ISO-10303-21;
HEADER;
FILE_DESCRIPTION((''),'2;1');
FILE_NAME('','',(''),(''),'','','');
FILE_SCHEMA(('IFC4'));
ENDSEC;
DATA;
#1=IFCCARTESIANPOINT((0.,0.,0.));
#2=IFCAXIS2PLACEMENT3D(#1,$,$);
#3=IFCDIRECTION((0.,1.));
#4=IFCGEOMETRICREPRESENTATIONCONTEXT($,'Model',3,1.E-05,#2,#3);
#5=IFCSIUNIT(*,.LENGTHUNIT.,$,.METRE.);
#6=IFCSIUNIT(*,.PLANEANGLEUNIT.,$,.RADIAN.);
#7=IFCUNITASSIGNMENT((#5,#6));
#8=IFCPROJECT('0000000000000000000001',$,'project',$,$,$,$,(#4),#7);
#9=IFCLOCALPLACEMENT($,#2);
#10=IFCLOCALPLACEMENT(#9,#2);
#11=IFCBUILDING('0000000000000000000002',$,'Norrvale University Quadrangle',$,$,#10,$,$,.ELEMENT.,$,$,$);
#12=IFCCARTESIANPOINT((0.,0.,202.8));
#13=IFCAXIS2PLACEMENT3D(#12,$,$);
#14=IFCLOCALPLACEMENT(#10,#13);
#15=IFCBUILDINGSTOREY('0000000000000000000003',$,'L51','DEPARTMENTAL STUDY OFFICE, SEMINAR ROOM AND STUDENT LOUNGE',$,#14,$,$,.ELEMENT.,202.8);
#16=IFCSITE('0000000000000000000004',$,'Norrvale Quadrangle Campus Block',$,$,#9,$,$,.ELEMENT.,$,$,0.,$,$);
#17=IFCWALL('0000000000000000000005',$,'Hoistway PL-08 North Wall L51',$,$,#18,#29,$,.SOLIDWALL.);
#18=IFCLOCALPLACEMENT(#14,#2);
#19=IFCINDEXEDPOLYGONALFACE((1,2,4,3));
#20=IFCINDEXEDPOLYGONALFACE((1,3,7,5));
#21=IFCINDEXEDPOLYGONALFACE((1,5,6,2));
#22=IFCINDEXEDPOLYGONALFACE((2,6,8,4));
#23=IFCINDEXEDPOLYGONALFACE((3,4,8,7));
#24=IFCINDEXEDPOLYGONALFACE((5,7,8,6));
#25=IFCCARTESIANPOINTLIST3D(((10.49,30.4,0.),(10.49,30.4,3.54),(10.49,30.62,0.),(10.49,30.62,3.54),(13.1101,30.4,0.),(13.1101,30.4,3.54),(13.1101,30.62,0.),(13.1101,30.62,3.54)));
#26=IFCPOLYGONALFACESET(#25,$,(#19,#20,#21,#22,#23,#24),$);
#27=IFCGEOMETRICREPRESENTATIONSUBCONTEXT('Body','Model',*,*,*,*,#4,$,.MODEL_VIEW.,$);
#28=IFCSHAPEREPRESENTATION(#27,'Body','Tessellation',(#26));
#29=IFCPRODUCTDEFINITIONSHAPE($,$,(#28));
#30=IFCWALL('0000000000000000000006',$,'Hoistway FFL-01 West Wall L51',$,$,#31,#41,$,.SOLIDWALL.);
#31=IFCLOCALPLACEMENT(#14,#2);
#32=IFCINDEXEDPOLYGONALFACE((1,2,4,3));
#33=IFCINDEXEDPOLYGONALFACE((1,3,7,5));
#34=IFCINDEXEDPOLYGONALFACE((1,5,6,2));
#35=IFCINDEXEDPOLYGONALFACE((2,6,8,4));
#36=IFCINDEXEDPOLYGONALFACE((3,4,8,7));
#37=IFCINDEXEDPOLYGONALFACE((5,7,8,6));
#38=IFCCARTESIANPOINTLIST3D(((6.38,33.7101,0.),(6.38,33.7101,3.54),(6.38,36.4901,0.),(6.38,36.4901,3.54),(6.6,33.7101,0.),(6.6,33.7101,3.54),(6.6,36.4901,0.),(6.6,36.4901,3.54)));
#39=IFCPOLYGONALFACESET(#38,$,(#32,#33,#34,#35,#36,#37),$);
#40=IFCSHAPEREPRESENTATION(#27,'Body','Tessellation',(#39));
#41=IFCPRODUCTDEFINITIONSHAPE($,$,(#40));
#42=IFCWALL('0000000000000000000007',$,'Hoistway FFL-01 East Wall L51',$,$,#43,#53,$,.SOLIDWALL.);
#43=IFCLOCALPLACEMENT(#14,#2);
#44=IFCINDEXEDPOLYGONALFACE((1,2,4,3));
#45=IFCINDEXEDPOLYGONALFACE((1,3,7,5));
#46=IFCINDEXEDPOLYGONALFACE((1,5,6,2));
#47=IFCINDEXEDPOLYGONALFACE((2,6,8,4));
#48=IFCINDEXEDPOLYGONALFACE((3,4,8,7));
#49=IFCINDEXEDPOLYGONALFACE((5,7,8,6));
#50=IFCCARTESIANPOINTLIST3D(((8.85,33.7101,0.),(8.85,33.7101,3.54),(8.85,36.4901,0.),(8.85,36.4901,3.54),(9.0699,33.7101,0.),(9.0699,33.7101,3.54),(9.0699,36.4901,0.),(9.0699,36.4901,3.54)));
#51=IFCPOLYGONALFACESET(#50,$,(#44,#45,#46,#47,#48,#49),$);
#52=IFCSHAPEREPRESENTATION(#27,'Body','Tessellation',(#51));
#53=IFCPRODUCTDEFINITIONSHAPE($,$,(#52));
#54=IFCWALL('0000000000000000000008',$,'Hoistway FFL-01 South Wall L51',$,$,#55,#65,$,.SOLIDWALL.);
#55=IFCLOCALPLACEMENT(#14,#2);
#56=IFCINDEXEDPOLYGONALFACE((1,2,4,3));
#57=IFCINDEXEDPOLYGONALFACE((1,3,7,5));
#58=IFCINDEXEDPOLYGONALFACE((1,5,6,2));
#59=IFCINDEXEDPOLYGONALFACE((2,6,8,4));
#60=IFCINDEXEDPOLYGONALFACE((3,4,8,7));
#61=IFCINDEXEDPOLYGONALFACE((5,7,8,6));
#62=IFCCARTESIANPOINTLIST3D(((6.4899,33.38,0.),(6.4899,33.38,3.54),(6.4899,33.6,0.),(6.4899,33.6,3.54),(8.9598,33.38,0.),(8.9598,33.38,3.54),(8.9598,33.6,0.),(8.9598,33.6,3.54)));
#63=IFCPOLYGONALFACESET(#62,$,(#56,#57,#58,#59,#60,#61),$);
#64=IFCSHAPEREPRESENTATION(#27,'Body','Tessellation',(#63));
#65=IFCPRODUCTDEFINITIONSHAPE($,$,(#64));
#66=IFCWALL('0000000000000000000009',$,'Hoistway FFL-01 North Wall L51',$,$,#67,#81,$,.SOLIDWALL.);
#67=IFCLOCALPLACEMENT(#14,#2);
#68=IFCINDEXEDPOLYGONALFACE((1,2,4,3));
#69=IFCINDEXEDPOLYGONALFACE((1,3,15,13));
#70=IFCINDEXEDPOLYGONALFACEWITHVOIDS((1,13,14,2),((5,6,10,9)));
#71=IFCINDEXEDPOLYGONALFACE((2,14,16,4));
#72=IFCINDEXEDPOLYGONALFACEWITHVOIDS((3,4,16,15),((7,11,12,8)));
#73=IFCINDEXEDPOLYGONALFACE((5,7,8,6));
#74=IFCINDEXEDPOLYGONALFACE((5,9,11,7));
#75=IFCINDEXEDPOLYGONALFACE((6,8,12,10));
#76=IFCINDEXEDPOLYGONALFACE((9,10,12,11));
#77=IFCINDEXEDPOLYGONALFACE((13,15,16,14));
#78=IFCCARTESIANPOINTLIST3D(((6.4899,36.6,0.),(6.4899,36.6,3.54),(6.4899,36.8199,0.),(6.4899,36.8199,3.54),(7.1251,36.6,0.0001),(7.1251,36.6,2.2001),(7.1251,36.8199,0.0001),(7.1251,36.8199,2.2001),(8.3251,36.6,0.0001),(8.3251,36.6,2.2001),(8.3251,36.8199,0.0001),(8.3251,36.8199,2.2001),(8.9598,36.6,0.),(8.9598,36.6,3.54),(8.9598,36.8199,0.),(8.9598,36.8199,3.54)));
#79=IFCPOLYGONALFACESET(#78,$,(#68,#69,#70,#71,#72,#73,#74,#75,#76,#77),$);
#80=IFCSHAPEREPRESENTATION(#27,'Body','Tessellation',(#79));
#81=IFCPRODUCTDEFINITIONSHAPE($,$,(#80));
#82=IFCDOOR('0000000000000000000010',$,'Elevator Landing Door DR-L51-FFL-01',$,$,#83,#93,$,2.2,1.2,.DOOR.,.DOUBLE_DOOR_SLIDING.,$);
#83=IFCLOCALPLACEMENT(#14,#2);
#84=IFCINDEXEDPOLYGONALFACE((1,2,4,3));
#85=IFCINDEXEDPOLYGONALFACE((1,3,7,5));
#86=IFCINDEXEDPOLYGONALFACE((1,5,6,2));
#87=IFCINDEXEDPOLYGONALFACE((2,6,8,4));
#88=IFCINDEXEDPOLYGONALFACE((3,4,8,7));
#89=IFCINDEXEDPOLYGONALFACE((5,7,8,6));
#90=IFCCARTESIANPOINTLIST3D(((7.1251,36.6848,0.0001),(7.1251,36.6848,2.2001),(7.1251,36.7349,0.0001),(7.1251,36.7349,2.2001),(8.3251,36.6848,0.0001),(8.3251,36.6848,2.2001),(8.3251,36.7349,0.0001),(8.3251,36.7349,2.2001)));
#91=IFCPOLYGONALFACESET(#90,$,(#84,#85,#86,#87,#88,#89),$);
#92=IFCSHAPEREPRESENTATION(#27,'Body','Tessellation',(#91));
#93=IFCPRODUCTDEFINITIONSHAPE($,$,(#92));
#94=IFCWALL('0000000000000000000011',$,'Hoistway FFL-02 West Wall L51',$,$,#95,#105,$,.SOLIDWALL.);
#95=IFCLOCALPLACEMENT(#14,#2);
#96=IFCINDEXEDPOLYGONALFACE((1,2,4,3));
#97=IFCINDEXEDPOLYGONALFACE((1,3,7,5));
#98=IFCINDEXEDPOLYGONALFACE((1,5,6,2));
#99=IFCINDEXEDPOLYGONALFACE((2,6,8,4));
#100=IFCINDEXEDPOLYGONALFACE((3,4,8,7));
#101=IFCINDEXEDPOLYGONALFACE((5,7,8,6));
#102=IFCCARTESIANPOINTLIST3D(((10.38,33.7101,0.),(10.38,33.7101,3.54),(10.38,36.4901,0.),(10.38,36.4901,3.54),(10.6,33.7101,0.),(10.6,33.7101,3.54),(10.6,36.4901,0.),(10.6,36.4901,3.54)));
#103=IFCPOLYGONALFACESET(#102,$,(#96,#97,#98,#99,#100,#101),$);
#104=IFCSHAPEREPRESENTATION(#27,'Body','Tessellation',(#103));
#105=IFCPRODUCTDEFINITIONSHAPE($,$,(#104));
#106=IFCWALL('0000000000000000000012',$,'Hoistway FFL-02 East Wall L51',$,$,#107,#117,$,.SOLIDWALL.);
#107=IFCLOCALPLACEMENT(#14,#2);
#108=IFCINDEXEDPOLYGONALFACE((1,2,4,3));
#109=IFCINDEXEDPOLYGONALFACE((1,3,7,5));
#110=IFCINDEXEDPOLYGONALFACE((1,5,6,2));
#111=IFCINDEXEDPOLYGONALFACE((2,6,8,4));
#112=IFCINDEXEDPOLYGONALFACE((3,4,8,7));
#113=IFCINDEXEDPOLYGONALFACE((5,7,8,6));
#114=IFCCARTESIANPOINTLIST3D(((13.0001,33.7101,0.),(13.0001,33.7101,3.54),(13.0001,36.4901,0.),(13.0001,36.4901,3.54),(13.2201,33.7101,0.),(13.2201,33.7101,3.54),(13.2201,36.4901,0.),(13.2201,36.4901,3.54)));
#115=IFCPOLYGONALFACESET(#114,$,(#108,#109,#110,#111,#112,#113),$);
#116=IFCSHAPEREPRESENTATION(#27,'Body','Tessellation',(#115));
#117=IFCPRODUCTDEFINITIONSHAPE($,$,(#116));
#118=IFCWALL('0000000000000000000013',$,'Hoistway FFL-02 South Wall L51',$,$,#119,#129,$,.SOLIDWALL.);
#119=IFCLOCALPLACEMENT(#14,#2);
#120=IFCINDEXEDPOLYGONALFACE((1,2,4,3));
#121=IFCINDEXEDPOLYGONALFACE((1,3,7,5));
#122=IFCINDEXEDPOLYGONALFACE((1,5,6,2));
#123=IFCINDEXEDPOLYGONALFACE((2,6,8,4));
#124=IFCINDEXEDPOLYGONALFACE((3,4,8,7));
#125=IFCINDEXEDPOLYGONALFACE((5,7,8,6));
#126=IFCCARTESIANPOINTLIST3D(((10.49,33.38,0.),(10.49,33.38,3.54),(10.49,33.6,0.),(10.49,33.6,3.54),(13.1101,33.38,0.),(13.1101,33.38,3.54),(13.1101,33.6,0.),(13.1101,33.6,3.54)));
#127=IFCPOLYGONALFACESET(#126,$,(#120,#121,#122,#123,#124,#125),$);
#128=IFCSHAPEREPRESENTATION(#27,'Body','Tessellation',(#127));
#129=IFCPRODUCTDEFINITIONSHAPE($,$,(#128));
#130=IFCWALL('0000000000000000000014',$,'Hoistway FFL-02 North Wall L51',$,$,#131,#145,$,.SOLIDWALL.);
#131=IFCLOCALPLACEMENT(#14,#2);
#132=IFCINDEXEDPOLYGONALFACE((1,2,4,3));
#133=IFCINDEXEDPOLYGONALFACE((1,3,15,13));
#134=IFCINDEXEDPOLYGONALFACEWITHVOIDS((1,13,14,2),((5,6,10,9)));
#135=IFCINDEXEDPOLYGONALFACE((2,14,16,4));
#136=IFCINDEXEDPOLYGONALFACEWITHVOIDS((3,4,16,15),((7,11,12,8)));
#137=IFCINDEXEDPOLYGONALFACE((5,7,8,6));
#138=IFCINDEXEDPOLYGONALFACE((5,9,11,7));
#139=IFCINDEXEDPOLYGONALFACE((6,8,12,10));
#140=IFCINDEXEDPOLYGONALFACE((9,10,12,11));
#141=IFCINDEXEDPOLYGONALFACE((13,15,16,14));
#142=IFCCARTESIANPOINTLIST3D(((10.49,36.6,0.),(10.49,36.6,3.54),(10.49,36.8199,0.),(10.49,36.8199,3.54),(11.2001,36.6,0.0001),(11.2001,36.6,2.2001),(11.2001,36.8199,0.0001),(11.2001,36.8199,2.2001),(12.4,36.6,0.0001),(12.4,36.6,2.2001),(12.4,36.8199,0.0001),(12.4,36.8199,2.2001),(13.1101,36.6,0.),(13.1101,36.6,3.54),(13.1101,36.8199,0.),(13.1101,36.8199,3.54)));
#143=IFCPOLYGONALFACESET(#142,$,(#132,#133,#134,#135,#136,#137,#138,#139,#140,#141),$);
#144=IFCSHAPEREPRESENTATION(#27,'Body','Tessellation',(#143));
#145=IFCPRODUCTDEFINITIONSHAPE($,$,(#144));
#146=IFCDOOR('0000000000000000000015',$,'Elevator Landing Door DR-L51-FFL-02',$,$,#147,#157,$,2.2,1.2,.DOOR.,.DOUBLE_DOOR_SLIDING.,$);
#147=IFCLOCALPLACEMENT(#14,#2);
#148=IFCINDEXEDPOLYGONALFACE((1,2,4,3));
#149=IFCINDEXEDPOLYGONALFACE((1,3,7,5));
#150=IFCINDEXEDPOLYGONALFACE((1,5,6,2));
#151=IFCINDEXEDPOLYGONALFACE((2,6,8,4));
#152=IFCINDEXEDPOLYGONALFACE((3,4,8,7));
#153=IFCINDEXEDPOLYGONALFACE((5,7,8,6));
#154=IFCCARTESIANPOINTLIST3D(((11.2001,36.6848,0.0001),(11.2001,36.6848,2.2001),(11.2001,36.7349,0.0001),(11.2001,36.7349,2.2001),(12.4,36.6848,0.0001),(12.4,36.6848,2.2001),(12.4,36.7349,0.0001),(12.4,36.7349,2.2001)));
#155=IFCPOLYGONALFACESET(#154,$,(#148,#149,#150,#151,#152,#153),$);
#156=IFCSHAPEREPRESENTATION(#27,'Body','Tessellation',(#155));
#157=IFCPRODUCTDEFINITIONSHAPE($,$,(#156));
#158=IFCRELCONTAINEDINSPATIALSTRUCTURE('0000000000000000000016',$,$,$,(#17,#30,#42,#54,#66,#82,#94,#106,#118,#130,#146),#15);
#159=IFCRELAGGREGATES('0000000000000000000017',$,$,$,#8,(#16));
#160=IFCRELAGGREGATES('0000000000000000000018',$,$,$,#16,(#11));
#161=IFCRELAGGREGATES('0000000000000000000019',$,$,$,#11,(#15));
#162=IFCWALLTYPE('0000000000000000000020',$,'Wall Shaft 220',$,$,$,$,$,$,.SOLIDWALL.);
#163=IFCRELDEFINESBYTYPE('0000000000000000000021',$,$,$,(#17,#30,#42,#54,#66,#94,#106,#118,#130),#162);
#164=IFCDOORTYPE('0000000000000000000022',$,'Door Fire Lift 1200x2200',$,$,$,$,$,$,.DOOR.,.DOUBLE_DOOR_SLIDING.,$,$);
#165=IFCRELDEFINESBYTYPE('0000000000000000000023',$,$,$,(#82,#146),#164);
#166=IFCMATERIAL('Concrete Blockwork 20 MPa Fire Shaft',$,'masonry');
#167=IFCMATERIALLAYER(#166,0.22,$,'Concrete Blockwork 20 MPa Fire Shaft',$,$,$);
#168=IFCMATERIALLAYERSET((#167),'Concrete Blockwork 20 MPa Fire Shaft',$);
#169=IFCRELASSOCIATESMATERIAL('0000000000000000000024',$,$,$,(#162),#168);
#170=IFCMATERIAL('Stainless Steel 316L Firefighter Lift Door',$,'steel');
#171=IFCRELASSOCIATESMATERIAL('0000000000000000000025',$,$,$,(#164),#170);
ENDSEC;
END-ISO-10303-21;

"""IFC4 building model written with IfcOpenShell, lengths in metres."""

from ifc_helpers import new_model, si_unit, direction, frame, frame_2d, origin, place, context, subcontext, project, spatial, rectangle, extrude, material, layer, layer_set, type_object, element, fill, save


model = new_model("IFC4")

# Units and contexts
model_context = context("Model", 3, precision=1e-05, world=origin(), true_north=direction((0.0, 1.0)))
body_context = subcontext(model_context, "Body", "Model", "MODEL_VIEW")
ifc_project = project(units=[si_unit("LENGTHUNIT", "METRE"), si_unit("PLANEANGLEUNIT", "RADIAN")], contexts=[model_context])

# Site, building, storey
site_placement = place(None, origin())
site = spatial("IfcSite", under=ifc_project, at=site_placement, Name="Norrvale Quadrangle Campus Block", CompositionType="ELEMENT", RefElevation=0.0)
building_placement = place(site_placement, origin())
building = spatial("IfcBuilding", under=site, at=building_placement, Name="Norrvale University Quadrangle", CompositionType="ELEMENT")
storey_placement = place(building_placement, frame((0.0, 0.0, 202.8)))
storey = spatial("IfcBuildingStorey", under=building, at=storey_placement, Name="L51", Description="DEPARTMENTAL STUDY OFFICE, SEMINAR ROOM AND STUDENT LOUNGE", CompositionType="ELEMENT", Elevation=202.8)

# Walls
ifc_material_1 = material(Name="Concrete Blockwork 20 MPa Fire Shaft", Category="masonry")
ifc_layer_1 = layer(ifc_material_1, 0.22, Name="Concrete Blockwork 20 MPa Fire Shaft")
ifc_layer_set_1 = layer_set([ifc_layer_1], Name="Concrete Blockwork 20 MPa Fire Shaft")
wall_type_1 = type_object("IfcWallType", Name="Wall Shaft 220", PredefinedType="SOLIDWALL", material=ifc_layer_set_1)
wall_1_placement = place(storey_placement, frame((10.49, 30.51, 0.0), z_axis=(0.0, 0.0, 1.0), x_axis=(1.0, 0.0, 0.0)))
element("IfcWall", 1, at=wall_1_placement, inside=storey, type_object=wall_type_1, Name="Hoistway PL-08 North Wall L51", PredefinedType="SOLIDWALL", context=body_context, shape_type="SweptSolid", body=[
    extrude(rectangle(XDim=2.6201, YDim=0.22, at=frame_2d((1.3101, 0.0))), origin(), (0.0, 0.0, 1.0), 3.54),
])
for number, where, z_axis, x_axis, name in (
    (2, (6.49, 33.71, 0.0), (0.0, 0.0, 1.0), (0.0, 1.0, 0.0), "Hoistway FFL-01 West Wall L51"),
    (3, (8.96, 33.71, 0.0), (0.0, 0.0, 1.0), (0.0, 1.0, 0.0), "Hoistway FFL-01 East Wall L51"),
):
    element("IfcWall", number, at=place(storey_placement, frame(where, z_axis=z_axis, x_axis=x_axis)), inside=storey, type_object=wall_type_1, Name=name, PredefinedType="SOLIDWALL", context=body_context, shape_type="SweptSolid", body=[
        extrude(rectangle(XDim=2.78, YDim=0.22, at=frame_2d((1.3901, 0.0))), origin(), (0.0, 0.0, 1.0), 3.54),
    ])
wall_2_placement = place(storey_placement, frame((6.49, 33.49, 0.0), z_axis=(0.0, 0.0, 1.0), x_axis=(1.0, 0.0, 0.0)))
element("IfcWall", 4, at=wall_2_placement, inside=storey, type_object=wall_type_1, Name="Hoistway FFL-01 South Wall L51", PredefinedType="SOLIDWALL", context=body_context, shape_type="SweptSolid", body=[
    extrude(rectangle(XDim=2.47, YDim=0.22, at=frame_2d((1.2349, 0.0))), origin(), (0.0, 0.0, 1.0), 3.54),
])

# Wall, opening, door
wall_3_placement = place(storey_placement, frame((6.49, 36.71, 0.0), z_axis=(0.0, 0.0, 1.0), x_axis=(1.0, 0.0, 0.0)))
wall_3 = element("IfcWall", 5, at=wall_3_placement, inside=storey, type_object=wall_type_1, Name="Hoistway FFL-01 North Wall L51", PredefinedType="SOLIDWALL", context=body_context, shape_type="SweptSolid", body=[
    extrude(rectangle(XDim=2.47, YDim=0.22, at=frame_2d((1.2349, 0.0))), origin(), (0.0, 0.0, 1.0), 3.54),
])
opening_1_placement = place(wall_3_placement, frame((0.635, 0.0, 0.0)))
opening_1 = element("IfcOpeningElement", 6, at=opening_1_placement, cuts=wall_3, PredefinedType="OPENING", context=body_context, shape_type="SweptSolid", body=[
    extrude(rectangle(XDim=1.2, YDim=2.2, at=frame_2d((0.6001, 1.1001))), frame((0.0, 0.1221, 0.0), z_axis=(0.0, -1.0, 0.0), x_axis=(1.0, 0.0, 0.0)), (0.0, 0.0, 1.0), 0.2439),
])
ifc_material_2 = material(Name="Stainless Steel 316L Firefighter Lift Door", Category="steel")
door_type_1 = type_object("IfcDoorType", Name="Door Fire Lift 1200x2200", OperationType="DOUBLE_DOOR_SLIDING", PredefinedType="DOOR", material=ifc_material_2)
door_1_placement = place(opening_1_placement, origin())
door_1 = element("IfcDoor", 7, at=door_1_placement, inside=storey, type_object=door_type_1, Name="Elevator Landing Door DR-L51-FFL-01", OperationType="DOUBLE_DOOR_SLIDING", OverallHeight=2.2, OverallWidth=1.2, PredefinedType="DOOR", context=body_context, shape_type="SweptSolid", body=[
    extrude(rectangle(XDim=1.2, YDim=2.2, at=frame_2d((0.6001, 1.1001))), frame((0.0, 0.0249, 0.0), z_axis=(0.0, -1.0, 0.0), x_axis=(1.0, 0.0, 0.0)), (0.0, 0.0, 1.0), 0.05),
])
fill(opening_1, door_1)

# Walls
for number, where, z_axis, x_axis, name in (
    (8, (10.49, 33.71, 0.0), (0.0, 0.0, 1.0), (0.0, 1.0, 0.0), "Hoistway FFL-02 West Wall L51"),
    (9, (13.1101, 33.71, 0.0), (0.0, 0.0, 1.0), (0.0, 1.0, 0.0), "Hoistway FFL-02 East Wall L51"),
):
    element("IfcWall", number, at=place(storey_placement, frame(where, z_axis=z_axis, x_axis=x_axis)), inside=storey, type_object=wall_type_1, Name=name, PredefinedType="SOLIDWALL", context=body_context, shape_type="SweptSolid", body=[
        extrude(rectangle(XDim=2.78, YDim=0.22, at=frame_2d((1.3901, 0.0))), origin(), (0.0, 0.0, 1.0), 3.54),
    ])
wall_4_placement = place(storey_placement, frame((10.49, 33.49, 0.0), z_axis=(0.0, 0.0, 1.0), x_axis=(1.0, 0.0, 0.0)))
element("IfcWall", 10, at=wall_4_placement, inside=storey, type_object=wall_type_1, Name="Hoistway FFL-02 South Wall L51", PredefinedType="SOLIDWALL", context=body_context, shape_type="SweptSolid", body=[
    extrude(rectangle(XDim=2.6201, YDim=0.22, at=frame_2d((1.3101, 0.0))), origin(), (0.0, 0.0, 1.0), 3.54),
])

# Wall, opening, door
wall_5_placement = place(storey_placement, frame((10.49, 36.71, 0.0), z_axis=(0.0, 0.0, 1.0), x_axis=(1.0, 0.0, 0.0)))
wall_5 = element("IfcWall", 11, at=wall_5_placement, inside=storey, type_object=wall_type_1, Name="Hoistway FFL-02 North Wall L51", PredefinedType="SOLIDWALL", context=body_context, shape_type="SweptSolid", body=[
    extrude(rectangle(XDim=2.6201, YDim=0.22, at=frame_2d((1.3101, 0.0))), origin(), (0.0, 0.0, 1.0), 3.54),
])
opening_2_placement = place(wall_5_placement, frame((0.71, 0.0, 0.0)))
opening_2 = element("IfcOpeningElement", 12, at=opening_2_placement, cuts=wall_5, PredefinedType="OPENING", context=body_context, shape_type="SweptSolid", body=[
    extrude(rectangle(XDim=1.2, YDim=2.2, at=frame_2d((0.6001, 1.1001))), frame((0.0, 0.1221, 0.0), z_axis=(0.0, -1.0, 0.0), x_axis=(1.0, 0.0, 0.0)), (0.0, 0.0, 1.0), 0.2439),
])
door_2_placement = place(opening_2_placement, origin())
door_2 = element("IfcDoor", 13, at=door_2_placement, inside=storey, type_object=door_type_1, Name="Elevator Landing Door DR-L51-FFL-02", OperationType="DOUBLE_DOOR_SLIDING", OverallHeight=2.2, OverallWidth=1.2, PredefinedType="DOOR", context=body_context, shape_type="SweptSolid", body=[
    extrude(rectangle(XDim=1.2, YDim=2.2, at=frame_2d((0.6001, 1.1001))), frame((0.0, 0.0249, 0.0), z_axis=(0.0, -1.0, 0.0), x_axis=(1.0, 0.0, 0.0)), (0.0, 0.0, 1.0), 0.05),
])
fill(opening_2, door_2)

save(model, "model.ifc")
